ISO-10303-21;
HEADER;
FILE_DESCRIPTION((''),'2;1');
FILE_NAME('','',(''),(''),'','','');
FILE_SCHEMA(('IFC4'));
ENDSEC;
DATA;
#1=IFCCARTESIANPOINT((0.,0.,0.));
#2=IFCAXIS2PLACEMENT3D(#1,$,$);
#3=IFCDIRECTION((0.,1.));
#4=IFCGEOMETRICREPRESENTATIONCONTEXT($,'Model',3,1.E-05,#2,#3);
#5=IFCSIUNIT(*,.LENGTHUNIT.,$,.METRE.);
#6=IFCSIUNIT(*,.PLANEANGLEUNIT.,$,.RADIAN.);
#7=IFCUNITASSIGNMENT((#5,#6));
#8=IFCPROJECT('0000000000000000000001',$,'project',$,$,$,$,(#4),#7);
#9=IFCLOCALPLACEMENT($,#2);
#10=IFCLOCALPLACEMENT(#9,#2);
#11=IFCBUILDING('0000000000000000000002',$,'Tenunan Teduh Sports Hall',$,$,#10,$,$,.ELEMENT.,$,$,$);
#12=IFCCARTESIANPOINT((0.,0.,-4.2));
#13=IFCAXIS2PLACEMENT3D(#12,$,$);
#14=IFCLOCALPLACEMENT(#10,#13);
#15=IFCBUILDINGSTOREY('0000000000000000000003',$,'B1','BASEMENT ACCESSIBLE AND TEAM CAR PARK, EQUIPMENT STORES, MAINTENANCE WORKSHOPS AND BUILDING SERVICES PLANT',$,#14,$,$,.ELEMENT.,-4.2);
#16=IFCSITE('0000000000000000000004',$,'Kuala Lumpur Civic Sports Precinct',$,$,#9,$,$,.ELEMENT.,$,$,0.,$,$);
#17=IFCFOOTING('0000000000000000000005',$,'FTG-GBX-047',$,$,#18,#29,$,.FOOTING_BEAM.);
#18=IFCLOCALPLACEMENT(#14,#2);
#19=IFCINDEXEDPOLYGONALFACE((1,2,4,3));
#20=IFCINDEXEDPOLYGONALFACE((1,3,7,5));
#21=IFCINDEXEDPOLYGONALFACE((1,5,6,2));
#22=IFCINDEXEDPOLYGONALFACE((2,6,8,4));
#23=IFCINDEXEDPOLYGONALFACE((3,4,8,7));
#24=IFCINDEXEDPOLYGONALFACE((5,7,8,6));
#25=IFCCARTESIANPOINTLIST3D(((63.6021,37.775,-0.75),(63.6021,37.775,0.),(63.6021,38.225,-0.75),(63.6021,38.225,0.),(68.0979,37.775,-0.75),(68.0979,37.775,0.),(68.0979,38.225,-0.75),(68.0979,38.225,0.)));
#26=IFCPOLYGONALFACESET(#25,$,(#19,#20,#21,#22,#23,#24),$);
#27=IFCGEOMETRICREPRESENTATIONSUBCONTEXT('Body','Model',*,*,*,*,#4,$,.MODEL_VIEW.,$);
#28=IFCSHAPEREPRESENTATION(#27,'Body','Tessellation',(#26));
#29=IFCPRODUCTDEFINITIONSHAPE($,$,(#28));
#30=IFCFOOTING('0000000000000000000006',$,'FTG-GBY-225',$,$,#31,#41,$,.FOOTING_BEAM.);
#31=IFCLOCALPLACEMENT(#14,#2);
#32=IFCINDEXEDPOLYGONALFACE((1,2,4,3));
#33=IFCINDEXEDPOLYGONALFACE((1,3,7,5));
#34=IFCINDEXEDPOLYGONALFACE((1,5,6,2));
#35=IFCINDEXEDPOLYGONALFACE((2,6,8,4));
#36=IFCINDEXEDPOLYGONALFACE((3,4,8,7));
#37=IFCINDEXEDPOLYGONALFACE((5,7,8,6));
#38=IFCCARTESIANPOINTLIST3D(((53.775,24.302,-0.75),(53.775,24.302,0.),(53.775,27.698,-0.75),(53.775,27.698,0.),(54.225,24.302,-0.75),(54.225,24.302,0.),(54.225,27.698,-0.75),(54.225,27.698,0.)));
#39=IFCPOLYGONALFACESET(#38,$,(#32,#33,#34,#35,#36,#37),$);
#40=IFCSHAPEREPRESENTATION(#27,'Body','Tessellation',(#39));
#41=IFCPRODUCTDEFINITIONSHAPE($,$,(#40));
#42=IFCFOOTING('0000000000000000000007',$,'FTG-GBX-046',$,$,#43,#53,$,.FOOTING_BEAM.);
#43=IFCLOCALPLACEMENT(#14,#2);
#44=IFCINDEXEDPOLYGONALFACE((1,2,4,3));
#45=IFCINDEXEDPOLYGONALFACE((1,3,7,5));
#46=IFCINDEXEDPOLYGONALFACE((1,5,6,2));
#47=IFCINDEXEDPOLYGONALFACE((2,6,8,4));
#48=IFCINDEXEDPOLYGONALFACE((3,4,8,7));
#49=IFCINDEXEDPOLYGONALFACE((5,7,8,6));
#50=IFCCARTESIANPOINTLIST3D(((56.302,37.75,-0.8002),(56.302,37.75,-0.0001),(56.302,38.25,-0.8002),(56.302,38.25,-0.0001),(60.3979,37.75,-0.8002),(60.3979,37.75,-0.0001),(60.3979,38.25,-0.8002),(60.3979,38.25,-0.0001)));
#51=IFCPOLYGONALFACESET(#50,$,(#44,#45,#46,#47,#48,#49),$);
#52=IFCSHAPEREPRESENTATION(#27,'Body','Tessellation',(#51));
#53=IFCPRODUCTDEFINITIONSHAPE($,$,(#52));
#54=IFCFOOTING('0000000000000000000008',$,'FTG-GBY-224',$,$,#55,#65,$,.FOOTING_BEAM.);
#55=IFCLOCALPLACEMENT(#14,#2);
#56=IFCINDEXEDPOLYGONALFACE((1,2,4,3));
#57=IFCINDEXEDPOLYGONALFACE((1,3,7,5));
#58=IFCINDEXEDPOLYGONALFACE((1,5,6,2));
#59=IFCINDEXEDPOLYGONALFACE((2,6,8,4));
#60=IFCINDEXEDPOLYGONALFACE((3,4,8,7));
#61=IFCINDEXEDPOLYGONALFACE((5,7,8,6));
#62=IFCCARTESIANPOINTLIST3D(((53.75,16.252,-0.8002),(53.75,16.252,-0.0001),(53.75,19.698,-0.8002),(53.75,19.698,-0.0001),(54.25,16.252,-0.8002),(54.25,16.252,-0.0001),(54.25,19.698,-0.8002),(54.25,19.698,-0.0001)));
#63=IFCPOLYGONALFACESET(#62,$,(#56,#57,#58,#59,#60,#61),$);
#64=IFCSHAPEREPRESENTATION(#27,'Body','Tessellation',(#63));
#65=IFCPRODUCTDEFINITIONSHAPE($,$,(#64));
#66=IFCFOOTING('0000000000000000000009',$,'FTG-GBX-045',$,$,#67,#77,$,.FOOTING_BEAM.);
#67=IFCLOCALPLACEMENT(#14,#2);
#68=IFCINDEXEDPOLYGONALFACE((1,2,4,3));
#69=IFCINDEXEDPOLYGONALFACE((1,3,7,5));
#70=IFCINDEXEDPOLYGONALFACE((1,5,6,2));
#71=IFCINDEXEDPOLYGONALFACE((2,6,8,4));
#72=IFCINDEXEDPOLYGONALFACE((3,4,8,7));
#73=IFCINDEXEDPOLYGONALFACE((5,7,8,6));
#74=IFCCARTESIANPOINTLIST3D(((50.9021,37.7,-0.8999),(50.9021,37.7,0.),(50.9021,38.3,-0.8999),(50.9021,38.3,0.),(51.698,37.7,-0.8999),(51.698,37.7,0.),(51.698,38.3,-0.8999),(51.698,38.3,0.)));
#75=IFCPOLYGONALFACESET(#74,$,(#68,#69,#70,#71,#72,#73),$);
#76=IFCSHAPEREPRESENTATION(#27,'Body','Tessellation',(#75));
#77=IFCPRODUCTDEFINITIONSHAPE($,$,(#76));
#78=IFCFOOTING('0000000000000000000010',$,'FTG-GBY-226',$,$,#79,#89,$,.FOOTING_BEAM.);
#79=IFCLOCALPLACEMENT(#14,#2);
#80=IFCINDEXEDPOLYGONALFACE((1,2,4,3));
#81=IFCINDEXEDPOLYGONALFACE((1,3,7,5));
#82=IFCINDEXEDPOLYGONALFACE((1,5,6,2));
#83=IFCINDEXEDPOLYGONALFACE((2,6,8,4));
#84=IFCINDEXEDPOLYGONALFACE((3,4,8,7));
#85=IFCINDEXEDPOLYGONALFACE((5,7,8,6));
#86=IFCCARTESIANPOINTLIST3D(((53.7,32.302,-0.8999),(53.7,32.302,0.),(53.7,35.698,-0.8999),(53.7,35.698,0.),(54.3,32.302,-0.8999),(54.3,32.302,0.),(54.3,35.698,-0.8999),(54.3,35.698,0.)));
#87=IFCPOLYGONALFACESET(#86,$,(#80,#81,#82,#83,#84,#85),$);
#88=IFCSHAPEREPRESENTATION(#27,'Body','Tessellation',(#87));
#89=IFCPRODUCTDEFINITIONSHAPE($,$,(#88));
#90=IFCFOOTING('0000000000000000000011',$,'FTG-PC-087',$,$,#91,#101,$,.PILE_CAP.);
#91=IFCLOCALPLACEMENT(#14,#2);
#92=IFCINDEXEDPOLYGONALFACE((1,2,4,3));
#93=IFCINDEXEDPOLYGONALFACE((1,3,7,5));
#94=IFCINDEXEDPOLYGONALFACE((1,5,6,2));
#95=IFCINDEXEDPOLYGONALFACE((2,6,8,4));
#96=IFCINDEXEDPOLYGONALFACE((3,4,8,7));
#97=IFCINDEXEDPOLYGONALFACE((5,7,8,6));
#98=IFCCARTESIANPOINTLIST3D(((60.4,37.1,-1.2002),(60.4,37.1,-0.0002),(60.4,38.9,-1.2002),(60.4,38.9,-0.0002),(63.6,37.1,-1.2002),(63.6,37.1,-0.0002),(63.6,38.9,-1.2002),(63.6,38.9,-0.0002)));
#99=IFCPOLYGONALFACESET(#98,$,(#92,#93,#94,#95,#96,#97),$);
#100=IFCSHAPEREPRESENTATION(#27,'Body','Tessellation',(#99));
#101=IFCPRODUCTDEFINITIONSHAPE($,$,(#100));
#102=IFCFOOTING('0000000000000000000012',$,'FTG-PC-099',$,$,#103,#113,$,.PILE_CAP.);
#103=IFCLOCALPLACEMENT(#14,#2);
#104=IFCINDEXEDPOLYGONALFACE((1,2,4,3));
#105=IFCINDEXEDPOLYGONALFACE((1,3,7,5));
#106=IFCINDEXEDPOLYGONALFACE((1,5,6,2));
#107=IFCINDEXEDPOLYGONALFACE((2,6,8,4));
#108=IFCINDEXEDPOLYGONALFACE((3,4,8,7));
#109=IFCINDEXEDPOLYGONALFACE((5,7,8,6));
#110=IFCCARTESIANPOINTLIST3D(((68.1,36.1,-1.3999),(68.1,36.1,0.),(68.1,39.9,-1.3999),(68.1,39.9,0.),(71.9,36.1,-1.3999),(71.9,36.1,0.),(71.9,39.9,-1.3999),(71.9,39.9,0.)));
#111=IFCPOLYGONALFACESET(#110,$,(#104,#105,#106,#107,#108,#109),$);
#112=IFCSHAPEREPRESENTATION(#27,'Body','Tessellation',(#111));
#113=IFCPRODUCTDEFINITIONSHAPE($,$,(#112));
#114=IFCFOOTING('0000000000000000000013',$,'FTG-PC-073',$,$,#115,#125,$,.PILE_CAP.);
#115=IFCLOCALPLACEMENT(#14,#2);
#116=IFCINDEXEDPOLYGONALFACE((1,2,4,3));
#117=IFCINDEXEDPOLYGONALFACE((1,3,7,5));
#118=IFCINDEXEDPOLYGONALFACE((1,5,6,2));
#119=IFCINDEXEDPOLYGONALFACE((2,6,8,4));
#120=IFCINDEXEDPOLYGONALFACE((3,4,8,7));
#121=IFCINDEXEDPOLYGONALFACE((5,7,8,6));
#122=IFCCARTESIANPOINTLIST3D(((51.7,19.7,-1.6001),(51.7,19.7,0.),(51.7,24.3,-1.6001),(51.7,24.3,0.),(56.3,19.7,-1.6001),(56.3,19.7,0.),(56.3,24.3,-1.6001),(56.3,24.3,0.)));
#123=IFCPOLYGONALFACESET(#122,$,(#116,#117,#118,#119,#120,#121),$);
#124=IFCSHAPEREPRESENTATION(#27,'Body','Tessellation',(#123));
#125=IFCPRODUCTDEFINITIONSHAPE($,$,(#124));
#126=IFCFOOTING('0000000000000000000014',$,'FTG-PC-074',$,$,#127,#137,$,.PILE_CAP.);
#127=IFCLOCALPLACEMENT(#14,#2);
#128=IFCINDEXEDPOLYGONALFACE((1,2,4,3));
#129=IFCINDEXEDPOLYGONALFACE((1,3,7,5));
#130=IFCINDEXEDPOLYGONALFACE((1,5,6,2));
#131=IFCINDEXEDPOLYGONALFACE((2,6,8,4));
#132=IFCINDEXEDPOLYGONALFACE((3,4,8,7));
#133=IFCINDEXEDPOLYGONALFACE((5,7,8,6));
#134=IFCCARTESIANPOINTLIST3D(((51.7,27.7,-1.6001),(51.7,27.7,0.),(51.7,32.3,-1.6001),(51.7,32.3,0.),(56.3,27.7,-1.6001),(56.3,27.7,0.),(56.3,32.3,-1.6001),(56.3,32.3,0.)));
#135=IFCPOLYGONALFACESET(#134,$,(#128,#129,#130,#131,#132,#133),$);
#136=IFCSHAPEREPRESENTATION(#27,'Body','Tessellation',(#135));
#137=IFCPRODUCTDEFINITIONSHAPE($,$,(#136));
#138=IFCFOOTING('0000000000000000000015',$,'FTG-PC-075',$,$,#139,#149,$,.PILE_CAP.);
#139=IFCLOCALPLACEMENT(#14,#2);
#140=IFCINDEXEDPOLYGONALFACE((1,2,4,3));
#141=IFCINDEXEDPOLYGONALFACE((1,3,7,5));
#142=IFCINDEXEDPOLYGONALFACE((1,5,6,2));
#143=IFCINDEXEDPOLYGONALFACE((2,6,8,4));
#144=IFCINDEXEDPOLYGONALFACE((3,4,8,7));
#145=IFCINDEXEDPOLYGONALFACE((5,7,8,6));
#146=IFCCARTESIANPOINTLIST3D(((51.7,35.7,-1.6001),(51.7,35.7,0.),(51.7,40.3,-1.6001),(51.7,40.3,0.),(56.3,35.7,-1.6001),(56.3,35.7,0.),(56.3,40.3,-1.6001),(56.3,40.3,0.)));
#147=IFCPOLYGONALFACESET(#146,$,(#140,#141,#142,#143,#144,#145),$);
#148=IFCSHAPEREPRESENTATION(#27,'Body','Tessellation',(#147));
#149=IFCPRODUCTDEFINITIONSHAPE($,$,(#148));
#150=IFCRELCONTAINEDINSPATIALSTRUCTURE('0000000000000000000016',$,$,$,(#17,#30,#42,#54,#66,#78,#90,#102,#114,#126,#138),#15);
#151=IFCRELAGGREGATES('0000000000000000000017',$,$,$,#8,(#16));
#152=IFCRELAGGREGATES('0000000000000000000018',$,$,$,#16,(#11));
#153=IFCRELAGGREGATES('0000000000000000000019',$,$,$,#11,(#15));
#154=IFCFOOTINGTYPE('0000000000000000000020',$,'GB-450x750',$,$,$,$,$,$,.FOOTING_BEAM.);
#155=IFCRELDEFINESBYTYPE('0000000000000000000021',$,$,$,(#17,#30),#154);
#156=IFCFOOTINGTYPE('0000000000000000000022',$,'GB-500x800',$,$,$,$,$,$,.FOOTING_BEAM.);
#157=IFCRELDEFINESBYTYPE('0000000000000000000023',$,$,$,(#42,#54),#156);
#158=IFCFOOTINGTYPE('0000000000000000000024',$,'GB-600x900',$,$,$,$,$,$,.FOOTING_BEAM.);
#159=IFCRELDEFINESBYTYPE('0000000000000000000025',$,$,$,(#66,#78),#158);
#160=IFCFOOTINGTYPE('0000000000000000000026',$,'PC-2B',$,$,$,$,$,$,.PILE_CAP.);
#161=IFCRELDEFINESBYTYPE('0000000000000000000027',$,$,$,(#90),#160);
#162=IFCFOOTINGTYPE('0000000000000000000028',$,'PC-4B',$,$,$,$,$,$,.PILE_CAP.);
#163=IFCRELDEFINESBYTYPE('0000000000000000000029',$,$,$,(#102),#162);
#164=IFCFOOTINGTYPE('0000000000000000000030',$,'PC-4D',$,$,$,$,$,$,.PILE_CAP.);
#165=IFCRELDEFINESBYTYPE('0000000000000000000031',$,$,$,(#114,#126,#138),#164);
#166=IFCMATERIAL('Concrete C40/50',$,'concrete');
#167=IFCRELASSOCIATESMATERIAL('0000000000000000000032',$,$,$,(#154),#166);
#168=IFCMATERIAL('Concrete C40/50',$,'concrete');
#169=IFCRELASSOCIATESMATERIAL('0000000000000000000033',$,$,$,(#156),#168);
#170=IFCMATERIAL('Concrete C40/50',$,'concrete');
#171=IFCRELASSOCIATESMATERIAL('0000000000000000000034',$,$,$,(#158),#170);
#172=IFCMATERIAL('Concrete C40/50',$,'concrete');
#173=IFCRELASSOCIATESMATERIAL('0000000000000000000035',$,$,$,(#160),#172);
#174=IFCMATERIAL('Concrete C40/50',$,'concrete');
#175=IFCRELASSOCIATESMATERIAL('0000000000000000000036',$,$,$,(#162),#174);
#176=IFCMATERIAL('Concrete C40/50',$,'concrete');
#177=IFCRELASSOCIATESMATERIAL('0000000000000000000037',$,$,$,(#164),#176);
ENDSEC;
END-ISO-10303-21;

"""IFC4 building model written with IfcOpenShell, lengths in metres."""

from ifc_helpers import new_model, si_unit, direction, frame, origin, origin_2d, place, context, subcontext, project, spatial, rectangle, extrude, material, material_profile, profile_set, type_object, element, save


model = new_model("IFC4")

# Units and contexts
model_context = context("Model", 3, precision=1e-05, world=origin(), true_north=direction((0.0, 1.0)))
body_context = subcontext(model_context, "Body", "Model", "MODEL_VIEW")
ifc_project = project(units=[si_unit("LENGTHUNIT", "METRE"), si_unit("PLANEANGLEUNIT", "RADIAN")], contexts=[model_context])

# Site, building, storey
site_placement = place(None, origin())
site = spatial("IfcSite", under=ifc_project, at=site_placement, Name="Kuala Lumpur Civic Sports Precinct", CompositionType="ELEMENT", RefElevation=0.0)
building_placement = place(site_placement, origin())
building = spatial("IfcBuilding", under=site, at=building_placement, Name="Tenunan Teduh Sports Hall", CompositionType="ELEMENT")
storey_placement = place(building_placement, frame((0.0, 0.0, -4.2)))
storey = spatial("IfcBuildingStorey", under=building, at=storey_placement, Name="B1", Description="BASEMENT ACCESSIBLE AND TEAM CAR PARK, EQUIPMENT STORES, MAINTENANCE WORKSHOPS AND BUILDING SERVICES PLANT", CompositionType="ELEMENT", Elevation=-4.2)

# Footings
ifc_material_1 = material(Name="Concrete C40/50", Category="concrete")
ifc_material_profile_1 = material_profile(ifc_material_1, rectangle(XDim=0.45, YDim=0.75, at=origin_2d()), Name="RCB 450x750")
ifc_profile_set_1 = profile_set([ifc_material_profile_1], Name="Concrete C40/50")
footing_type_1 = type_object("IfcFootingType", Name="GB-450x750", PredefinedType="FOOTING_BEAM", material=ifc_profile_set_1)
footing_1_placement = place(storey_placement, frame((63.6021, 38.0, -0.375), z_axis=(1.0, 0.0, 0.0), x_axis=(0.0, 1.0, 0.0)))
element("IfcFooting", 1, at=footing_1_placement, inside=storey, type_object=footing_type_1, Name="FTG-GBX-047", PredefinedType="FOOTING_BEAM", context=body_context, shape_type="SweptSolid", body=[
    extrude(rectangle(XDim=0.45, YDim=0.75, at=origin_2d()), origin(), (0.0, 0.0, 1.0), 4.4958),
])
footing_2_placement = place(storey_placement, frame((54.0, 24.302, -0.375), z_axis=(0.0, 1.0, 0.0), x_axis=(-1.0, 0.0, 0.0)))
element("IfcFooting", 2, at=footing_2_placement, inside=storey, type_object=footing_type_1, Name="FTG-GBY-225", PredefinedType="FOOTING_BEAM", context=body_context, shape_type="SweptSolid", body=[
    extrude(rectangle(XDim=0.45, YDim=0.75, at=origin_2d()), origin(), (0.0, 0.0, 1.0), 3.396),
])
ifc_material_2 = material(Name="Concrete C40/50", Category="concrete")
ifc_material_profile_2 = material_profile(ifc_material_2, rectangle(XDim=0.5, YDim=0.8, at=origin_2d()), Name="RCB 500x800")
ifc_profile_set_2 = profile_set([ifc_material_profile_2], Name="Concrete C40/50")
footing_type_2 = type_object("IfcFootingType", Name="GB-500x800", PredefinedType="FOOTING_BEAM", material=ifc_profile_set_2)
footing_3_placement = place(storey_placement, frame((56.302, 38.0, -0.4001), z_axis=(1.0, 0.0, 0.0), x_axis=(0.0, 1.0, 0.0)))
element("IfcFooting", 3, at=footing_3_placement, inside=storey, type_object=footing_type_2, Name="FTG-GBX-046", PredefinedType="FOOTING_BEAM", context=body_context, shape_type="SweptSolid", body=[
    extrude(rectangle(XDim=0.5, YDim=0.8, at=origin_2d()), origin(), (0.0, 0.0, 1.0), 4.0959),
])
footing_4_placement = place(storey_placement, frame((54.0, 16.252, -0.4001), z_axis=(0.0, 1.0, 0.0), x_axis=(-1.0, 0.0, 0.0)))
element("IfcFooting", 4, at=footing_4_placement, inside=storey, type_object=footing_type_2, Name="FTG-GBY-224", PredefinedType="FOOTING_BEAM", context=body_context, shape_type="SweptSolid", body=[
    extrude(rectangle(XDim=0.5, YDim=0.8, at=origin_2d()), origin(), (0.0, 0.0, 1.0), 3.446),
])
ifc_material_3 = material(Name="Concrete C40/50", Category="concrete")
ifc_material_profile_3 = material_profile(ifc_material_3, rectangle(XDim=0.6001, YDim=0.8999, at=origin_2d()), Name="RCB 600x900")
ifc_profile_set_3 = profile_set([ifc_material_profile_3], Name="Concrete C40/50")
footing_type_3 = type_object("IfcFootingType", Name="GB-600x900", PredefinedType="FOOTING_BEAM", material=ifc_profile_set_3)
footing_5_placement = place(storey_placement, frame((50.9021, 38.0, -0.45), z_axis=(1.0, 0.0, 0.0), x_axis=(0.0, 1.0, 0.0)))
element("IfcFooting", 5, at=footing_5_placement, inside=storey, type_object=footing_type_3, Name="FTG-GBX-045", PredefinedType="FOOTING_BEAM", context=body_context, shape_type="SweptSolid", body=[
    extrude(rectangle(XDim=0.6001, YDim=0.8999, at=origin_2d()), origin(), (0.0, 0.0, 1.0), 0.7959),
])
footing_6_placement = place(storey_placement, frame((54.0, 32.302, -0.45), z_axis=(0.0, 1.0, 0.0), x_axis=(-1.0, 0.0, 0.0)))
element("IfcFooting", 6, at=footing_6_placement, inside=storey, type_object=footing_type_3, Name="FTG-GBY-226", PredefinedType="FOOTING_BEAM", context=body_context, shape_type="SweptSolid", body=[
    extrude(rectangle(XDim=0.6001, YDim=0.8999, at=origin_2d()), origin(), (0.0, 0.0, 1.0), 3.396),
])
ifc_material_4 = material(Name="Concrete C40/50", Category="concrete")
footing_type_4 = type_object("IfcFootingType", Name="PC-2B", PredefinedType="PILE_CAP", material=ifc_material_4)
footing_7_placement = place(storey_placement, frame((62.0, 38.0, -1.2002), z_axis=(0.0, 0.0, 1.0), x_axis=(1.0, 0.0, 0.0)))
element("IfcFooting", 7, at=footing_7_placement, inside=storey, type_object=footing_type_4, Name="FTG-PC-087", PredefinedType="PILE_CAP", context=body_context, shape_type="SweptSolid", body=[
    extrude(rectangle(XDim=3.2, YDim=1.8, at=origin_2d()), origin(), (0.0, 0.0, 1.0), 1.2),
])
ifc_material_5 = material(Name="Concrete C40/50", Category="concrete")
footing_type_5 = type_object("IfcFootingType", Name="PC-4B", PredefinedType="PILE_CAP", material=ifc_material_5)
footing_8_placement = place(storey_placement, frame((70.0, 38.0, -1.3999), z_axis=(0.0, 0.0, 1.0), x_axis=(1.0, 0.0, 0.0)))
element("IfcFooting", 8, at=footing_8_placement, inside=storey, type_object=footing_type_5, Name="FTG-PC-099", PredefinedType="PILE_CAP", context=body_context, shape_type="SweptSolid", body=[
    extrude(rectangle(XDim=3.8, YDim=3.8, at=origin_2d()), origin(), (0.0, 0.0, 1.0), 1.3999),
])
ifc_material_6 = material(Name="Concrete C40/50", Category="concrete")
footing_type_6 = type_object("IfcFootingType", Name="PC-4D", PredefinedType="PILE_CAP", material=ifc_material_6)
for number, where, z_axis, x_axis, name in (
    (9, (54.0, 22.0, -1.6001), (0.0, 0.0, 1.0), (1.0, 0.0, 0.0), "FTG-PC-073"),
    (10, (54.0, 30.0, -1.6001), (0.0, 0.0, 1.0), (1.0, 0.0, 0.0), "FTG-PC-074"),
    (11, (54.0, 38.0, -1.6001), (0.0, 0.0, 1.0), (1.0, 0.0, 0.0), "FTG-PC-075"),
):
    element("IfcFooting", number, at=place(storey_placement, frame(where, z_axis=z_axis, x_axis=x_axis)), inside=storey, type_object=footing_type_6, Name=name, PredefinedType="PILE_CAP", context=body_context, shape_type="SweptSolid", body=[
        extrude(rectangle(XDim=4.6001, YDim=4.6001, at=origin_2d()), origin(), (0.0, 0.0, 1.0), 1.6001),
    ])

save(model, "model.ifc")
